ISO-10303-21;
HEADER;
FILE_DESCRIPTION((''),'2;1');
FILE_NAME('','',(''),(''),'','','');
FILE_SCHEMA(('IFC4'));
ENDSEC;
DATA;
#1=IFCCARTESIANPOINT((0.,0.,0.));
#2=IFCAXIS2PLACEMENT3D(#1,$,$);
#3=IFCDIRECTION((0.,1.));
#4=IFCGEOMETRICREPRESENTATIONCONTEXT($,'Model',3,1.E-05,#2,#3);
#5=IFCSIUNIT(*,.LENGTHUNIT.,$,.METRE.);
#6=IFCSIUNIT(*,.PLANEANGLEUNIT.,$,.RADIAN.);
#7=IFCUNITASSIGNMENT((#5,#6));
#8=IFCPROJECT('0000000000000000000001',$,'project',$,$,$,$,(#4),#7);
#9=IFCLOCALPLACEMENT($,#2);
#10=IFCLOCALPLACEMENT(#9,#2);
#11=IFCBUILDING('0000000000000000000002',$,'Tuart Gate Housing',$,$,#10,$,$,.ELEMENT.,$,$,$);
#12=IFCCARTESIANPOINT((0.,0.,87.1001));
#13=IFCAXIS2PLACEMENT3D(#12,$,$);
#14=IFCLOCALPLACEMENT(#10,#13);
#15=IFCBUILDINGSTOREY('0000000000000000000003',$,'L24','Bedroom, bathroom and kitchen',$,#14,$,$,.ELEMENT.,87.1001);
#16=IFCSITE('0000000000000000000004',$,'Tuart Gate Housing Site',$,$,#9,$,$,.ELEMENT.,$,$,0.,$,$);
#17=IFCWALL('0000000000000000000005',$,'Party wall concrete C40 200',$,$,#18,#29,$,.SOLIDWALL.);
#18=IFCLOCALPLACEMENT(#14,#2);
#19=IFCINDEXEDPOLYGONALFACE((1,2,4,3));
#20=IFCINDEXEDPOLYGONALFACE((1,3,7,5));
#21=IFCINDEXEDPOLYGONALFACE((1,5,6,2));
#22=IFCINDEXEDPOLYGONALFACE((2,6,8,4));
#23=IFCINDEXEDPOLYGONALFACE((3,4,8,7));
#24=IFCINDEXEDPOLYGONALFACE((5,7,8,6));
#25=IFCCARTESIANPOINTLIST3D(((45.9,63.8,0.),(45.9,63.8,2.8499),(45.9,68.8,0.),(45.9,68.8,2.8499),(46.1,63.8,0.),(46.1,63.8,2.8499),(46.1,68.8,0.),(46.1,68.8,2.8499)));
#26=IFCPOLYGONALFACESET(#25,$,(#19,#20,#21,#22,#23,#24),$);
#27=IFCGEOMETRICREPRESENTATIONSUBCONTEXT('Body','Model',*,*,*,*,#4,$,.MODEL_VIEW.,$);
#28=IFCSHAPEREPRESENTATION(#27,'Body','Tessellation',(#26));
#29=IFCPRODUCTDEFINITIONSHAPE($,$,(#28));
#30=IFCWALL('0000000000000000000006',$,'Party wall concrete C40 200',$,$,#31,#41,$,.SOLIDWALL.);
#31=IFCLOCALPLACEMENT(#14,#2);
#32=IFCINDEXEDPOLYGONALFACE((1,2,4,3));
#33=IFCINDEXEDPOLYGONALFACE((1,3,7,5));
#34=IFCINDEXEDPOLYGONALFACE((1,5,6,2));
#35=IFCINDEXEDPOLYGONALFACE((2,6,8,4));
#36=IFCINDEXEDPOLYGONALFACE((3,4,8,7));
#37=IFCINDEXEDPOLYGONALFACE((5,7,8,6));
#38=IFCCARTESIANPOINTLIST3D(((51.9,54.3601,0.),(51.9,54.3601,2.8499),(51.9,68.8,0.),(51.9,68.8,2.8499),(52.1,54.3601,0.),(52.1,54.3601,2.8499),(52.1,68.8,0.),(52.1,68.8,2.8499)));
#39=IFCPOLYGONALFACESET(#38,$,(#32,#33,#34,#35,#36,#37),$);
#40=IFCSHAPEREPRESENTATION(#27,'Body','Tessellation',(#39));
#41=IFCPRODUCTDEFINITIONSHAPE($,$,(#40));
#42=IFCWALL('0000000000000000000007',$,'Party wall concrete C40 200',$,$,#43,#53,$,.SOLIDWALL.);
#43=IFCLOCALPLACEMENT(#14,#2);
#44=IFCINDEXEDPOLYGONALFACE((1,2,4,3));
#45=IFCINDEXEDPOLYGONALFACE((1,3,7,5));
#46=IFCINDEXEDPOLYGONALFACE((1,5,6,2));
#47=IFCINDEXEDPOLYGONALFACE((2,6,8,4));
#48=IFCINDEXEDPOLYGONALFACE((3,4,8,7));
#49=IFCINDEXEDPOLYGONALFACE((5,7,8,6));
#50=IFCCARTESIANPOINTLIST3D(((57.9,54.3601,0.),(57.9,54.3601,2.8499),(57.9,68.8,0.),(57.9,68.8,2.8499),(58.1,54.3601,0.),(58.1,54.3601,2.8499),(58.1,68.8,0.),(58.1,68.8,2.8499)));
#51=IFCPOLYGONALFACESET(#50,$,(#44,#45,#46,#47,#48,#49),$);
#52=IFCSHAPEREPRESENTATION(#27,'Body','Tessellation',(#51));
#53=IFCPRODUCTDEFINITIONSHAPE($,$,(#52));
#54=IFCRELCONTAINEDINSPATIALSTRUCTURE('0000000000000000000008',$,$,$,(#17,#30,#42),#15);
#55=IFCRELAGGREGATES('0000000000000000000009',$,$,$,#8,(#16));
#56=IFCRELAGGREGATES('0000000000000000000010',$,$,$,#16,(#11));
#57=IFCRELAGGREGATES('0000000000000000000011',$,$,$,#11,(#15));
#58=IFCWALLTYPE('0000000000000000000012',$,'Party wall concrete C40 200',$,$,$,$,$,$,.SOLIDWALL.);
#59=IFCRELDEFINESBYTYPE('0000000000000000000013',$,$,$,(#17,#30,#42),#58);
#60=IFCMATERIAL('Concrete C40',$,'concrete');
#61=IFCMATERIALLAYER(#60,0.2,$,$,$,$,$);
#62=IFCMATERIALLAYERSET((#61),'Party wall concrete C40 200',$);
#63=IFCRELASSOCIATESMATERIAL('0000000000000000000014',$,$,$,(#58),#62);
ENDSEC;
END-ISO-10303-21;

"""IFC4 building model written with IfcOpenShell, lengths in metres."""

from ifc_helpers import new_model, si_unit, direction, frame, frame_2d, origin, place, context, subcontext, project, spatial, rectangle, extrude, material, layer, layer_set, type_object, element, save


model = new_model("IFC4")

# Units and contexts
model_context = context("Model", 3, precision=1e-05, world=origin(), true_north=direction((0.0, 1.0)))
body_context = subcontext(model_context, "Body", "Model", "MODEL_VIEW")
ifc_project = project(units=[si_unit("LENGTHUNIT", "METRE"), si_unit("PLANEANGLEUNIT", "RADIAN")], contexts=[model_context])

# Site, building, storey
site_placement = place(None, origin())
site = spatial("IfcSite", under=ifc_project, at=site_placement, Name="Tuart Gate Housing Site", CompositionType="ELEMENT", RefElevation=0.0)
building_placement = place(site_placement, origin())
building = spatial("IfcBuilding", under=site, at=building_placement, Name="Tuart Gate Housing", CompositionType="ELEMENT")
storey_placement = place(building_placement, frame((0.0, 0.0, 87.1001)))
storey = spatial("IfcBuildingStorey", under=building, at=storey_placement, Name="L24", Description="Bedroom, bathroom and kitchen", CompositionType="ELEMENT", Elevation=87.1001)

# Walls
ifc_material_1 = material(Name="Concrete C40", Category="concrete")
ifc_layer_1 = layer(ifc_material_1, 0.2)
ifc_layer_set_1 = layer_set([ifc_layer_1], Name="Party wall concrete C40 200")
wall_type_1 = type_object("IfcWallType", Name="Party wall concrete C40 200", PredefinedType="SOLIDWALL", material=ifc_layer_set_1)
wall_1_placement = place(storey_placement, frame((46.0, 63.8, 0.0), z_axis=(0.0, 0.0, 1.0), x_axis=(0.0, 1.0, 0.0)))
element("IfcWall", 1, at=wall_1_placement, inside=storey, type_object=wall_type_1, Name="Party wall concrete C40 200", PredefinedType="SOLIDWALL", context=body_context, shape_type="SweptSolid", body=[
    extrude(rectangle(XDim=5.0, YDim=0.2, at=frame_2d((2.5, 0.0))), origin(), (0.0, 0.0, 1.0), 2.8499),
])
for number, where, z_axis, x_axis, name in (
    (2, (52.0, 54.3601, 0.0), (0.0, 0.0, 1.0), (0.0, 1.0, 0.0), "Party wall concrete C40 200"),
    (3, (58.0, 54.3601, 0.0), (0.0, 0.0, 1.0), (0.0, 1.0, 0.0), "Party wall concrete C40 200"),
):
    element("IfcWall", number, at=place(storey_placement, frame(where, z_axis=z_axis, x_axis=x_axis)), inside=storey, type_object=wall_type_1, Name=name, PredefinedType="SOLIDWALL", context=body_context, shape_type="SweptSolid", body=[
        extrude(rectangle(XDim=14.4399, YDim=0.2, at=frame_2d((7.22, 0.0))), origin(), (0.0, 0.0, 1.0), 2.8499),
    ])

save(model, "model.ifc")
